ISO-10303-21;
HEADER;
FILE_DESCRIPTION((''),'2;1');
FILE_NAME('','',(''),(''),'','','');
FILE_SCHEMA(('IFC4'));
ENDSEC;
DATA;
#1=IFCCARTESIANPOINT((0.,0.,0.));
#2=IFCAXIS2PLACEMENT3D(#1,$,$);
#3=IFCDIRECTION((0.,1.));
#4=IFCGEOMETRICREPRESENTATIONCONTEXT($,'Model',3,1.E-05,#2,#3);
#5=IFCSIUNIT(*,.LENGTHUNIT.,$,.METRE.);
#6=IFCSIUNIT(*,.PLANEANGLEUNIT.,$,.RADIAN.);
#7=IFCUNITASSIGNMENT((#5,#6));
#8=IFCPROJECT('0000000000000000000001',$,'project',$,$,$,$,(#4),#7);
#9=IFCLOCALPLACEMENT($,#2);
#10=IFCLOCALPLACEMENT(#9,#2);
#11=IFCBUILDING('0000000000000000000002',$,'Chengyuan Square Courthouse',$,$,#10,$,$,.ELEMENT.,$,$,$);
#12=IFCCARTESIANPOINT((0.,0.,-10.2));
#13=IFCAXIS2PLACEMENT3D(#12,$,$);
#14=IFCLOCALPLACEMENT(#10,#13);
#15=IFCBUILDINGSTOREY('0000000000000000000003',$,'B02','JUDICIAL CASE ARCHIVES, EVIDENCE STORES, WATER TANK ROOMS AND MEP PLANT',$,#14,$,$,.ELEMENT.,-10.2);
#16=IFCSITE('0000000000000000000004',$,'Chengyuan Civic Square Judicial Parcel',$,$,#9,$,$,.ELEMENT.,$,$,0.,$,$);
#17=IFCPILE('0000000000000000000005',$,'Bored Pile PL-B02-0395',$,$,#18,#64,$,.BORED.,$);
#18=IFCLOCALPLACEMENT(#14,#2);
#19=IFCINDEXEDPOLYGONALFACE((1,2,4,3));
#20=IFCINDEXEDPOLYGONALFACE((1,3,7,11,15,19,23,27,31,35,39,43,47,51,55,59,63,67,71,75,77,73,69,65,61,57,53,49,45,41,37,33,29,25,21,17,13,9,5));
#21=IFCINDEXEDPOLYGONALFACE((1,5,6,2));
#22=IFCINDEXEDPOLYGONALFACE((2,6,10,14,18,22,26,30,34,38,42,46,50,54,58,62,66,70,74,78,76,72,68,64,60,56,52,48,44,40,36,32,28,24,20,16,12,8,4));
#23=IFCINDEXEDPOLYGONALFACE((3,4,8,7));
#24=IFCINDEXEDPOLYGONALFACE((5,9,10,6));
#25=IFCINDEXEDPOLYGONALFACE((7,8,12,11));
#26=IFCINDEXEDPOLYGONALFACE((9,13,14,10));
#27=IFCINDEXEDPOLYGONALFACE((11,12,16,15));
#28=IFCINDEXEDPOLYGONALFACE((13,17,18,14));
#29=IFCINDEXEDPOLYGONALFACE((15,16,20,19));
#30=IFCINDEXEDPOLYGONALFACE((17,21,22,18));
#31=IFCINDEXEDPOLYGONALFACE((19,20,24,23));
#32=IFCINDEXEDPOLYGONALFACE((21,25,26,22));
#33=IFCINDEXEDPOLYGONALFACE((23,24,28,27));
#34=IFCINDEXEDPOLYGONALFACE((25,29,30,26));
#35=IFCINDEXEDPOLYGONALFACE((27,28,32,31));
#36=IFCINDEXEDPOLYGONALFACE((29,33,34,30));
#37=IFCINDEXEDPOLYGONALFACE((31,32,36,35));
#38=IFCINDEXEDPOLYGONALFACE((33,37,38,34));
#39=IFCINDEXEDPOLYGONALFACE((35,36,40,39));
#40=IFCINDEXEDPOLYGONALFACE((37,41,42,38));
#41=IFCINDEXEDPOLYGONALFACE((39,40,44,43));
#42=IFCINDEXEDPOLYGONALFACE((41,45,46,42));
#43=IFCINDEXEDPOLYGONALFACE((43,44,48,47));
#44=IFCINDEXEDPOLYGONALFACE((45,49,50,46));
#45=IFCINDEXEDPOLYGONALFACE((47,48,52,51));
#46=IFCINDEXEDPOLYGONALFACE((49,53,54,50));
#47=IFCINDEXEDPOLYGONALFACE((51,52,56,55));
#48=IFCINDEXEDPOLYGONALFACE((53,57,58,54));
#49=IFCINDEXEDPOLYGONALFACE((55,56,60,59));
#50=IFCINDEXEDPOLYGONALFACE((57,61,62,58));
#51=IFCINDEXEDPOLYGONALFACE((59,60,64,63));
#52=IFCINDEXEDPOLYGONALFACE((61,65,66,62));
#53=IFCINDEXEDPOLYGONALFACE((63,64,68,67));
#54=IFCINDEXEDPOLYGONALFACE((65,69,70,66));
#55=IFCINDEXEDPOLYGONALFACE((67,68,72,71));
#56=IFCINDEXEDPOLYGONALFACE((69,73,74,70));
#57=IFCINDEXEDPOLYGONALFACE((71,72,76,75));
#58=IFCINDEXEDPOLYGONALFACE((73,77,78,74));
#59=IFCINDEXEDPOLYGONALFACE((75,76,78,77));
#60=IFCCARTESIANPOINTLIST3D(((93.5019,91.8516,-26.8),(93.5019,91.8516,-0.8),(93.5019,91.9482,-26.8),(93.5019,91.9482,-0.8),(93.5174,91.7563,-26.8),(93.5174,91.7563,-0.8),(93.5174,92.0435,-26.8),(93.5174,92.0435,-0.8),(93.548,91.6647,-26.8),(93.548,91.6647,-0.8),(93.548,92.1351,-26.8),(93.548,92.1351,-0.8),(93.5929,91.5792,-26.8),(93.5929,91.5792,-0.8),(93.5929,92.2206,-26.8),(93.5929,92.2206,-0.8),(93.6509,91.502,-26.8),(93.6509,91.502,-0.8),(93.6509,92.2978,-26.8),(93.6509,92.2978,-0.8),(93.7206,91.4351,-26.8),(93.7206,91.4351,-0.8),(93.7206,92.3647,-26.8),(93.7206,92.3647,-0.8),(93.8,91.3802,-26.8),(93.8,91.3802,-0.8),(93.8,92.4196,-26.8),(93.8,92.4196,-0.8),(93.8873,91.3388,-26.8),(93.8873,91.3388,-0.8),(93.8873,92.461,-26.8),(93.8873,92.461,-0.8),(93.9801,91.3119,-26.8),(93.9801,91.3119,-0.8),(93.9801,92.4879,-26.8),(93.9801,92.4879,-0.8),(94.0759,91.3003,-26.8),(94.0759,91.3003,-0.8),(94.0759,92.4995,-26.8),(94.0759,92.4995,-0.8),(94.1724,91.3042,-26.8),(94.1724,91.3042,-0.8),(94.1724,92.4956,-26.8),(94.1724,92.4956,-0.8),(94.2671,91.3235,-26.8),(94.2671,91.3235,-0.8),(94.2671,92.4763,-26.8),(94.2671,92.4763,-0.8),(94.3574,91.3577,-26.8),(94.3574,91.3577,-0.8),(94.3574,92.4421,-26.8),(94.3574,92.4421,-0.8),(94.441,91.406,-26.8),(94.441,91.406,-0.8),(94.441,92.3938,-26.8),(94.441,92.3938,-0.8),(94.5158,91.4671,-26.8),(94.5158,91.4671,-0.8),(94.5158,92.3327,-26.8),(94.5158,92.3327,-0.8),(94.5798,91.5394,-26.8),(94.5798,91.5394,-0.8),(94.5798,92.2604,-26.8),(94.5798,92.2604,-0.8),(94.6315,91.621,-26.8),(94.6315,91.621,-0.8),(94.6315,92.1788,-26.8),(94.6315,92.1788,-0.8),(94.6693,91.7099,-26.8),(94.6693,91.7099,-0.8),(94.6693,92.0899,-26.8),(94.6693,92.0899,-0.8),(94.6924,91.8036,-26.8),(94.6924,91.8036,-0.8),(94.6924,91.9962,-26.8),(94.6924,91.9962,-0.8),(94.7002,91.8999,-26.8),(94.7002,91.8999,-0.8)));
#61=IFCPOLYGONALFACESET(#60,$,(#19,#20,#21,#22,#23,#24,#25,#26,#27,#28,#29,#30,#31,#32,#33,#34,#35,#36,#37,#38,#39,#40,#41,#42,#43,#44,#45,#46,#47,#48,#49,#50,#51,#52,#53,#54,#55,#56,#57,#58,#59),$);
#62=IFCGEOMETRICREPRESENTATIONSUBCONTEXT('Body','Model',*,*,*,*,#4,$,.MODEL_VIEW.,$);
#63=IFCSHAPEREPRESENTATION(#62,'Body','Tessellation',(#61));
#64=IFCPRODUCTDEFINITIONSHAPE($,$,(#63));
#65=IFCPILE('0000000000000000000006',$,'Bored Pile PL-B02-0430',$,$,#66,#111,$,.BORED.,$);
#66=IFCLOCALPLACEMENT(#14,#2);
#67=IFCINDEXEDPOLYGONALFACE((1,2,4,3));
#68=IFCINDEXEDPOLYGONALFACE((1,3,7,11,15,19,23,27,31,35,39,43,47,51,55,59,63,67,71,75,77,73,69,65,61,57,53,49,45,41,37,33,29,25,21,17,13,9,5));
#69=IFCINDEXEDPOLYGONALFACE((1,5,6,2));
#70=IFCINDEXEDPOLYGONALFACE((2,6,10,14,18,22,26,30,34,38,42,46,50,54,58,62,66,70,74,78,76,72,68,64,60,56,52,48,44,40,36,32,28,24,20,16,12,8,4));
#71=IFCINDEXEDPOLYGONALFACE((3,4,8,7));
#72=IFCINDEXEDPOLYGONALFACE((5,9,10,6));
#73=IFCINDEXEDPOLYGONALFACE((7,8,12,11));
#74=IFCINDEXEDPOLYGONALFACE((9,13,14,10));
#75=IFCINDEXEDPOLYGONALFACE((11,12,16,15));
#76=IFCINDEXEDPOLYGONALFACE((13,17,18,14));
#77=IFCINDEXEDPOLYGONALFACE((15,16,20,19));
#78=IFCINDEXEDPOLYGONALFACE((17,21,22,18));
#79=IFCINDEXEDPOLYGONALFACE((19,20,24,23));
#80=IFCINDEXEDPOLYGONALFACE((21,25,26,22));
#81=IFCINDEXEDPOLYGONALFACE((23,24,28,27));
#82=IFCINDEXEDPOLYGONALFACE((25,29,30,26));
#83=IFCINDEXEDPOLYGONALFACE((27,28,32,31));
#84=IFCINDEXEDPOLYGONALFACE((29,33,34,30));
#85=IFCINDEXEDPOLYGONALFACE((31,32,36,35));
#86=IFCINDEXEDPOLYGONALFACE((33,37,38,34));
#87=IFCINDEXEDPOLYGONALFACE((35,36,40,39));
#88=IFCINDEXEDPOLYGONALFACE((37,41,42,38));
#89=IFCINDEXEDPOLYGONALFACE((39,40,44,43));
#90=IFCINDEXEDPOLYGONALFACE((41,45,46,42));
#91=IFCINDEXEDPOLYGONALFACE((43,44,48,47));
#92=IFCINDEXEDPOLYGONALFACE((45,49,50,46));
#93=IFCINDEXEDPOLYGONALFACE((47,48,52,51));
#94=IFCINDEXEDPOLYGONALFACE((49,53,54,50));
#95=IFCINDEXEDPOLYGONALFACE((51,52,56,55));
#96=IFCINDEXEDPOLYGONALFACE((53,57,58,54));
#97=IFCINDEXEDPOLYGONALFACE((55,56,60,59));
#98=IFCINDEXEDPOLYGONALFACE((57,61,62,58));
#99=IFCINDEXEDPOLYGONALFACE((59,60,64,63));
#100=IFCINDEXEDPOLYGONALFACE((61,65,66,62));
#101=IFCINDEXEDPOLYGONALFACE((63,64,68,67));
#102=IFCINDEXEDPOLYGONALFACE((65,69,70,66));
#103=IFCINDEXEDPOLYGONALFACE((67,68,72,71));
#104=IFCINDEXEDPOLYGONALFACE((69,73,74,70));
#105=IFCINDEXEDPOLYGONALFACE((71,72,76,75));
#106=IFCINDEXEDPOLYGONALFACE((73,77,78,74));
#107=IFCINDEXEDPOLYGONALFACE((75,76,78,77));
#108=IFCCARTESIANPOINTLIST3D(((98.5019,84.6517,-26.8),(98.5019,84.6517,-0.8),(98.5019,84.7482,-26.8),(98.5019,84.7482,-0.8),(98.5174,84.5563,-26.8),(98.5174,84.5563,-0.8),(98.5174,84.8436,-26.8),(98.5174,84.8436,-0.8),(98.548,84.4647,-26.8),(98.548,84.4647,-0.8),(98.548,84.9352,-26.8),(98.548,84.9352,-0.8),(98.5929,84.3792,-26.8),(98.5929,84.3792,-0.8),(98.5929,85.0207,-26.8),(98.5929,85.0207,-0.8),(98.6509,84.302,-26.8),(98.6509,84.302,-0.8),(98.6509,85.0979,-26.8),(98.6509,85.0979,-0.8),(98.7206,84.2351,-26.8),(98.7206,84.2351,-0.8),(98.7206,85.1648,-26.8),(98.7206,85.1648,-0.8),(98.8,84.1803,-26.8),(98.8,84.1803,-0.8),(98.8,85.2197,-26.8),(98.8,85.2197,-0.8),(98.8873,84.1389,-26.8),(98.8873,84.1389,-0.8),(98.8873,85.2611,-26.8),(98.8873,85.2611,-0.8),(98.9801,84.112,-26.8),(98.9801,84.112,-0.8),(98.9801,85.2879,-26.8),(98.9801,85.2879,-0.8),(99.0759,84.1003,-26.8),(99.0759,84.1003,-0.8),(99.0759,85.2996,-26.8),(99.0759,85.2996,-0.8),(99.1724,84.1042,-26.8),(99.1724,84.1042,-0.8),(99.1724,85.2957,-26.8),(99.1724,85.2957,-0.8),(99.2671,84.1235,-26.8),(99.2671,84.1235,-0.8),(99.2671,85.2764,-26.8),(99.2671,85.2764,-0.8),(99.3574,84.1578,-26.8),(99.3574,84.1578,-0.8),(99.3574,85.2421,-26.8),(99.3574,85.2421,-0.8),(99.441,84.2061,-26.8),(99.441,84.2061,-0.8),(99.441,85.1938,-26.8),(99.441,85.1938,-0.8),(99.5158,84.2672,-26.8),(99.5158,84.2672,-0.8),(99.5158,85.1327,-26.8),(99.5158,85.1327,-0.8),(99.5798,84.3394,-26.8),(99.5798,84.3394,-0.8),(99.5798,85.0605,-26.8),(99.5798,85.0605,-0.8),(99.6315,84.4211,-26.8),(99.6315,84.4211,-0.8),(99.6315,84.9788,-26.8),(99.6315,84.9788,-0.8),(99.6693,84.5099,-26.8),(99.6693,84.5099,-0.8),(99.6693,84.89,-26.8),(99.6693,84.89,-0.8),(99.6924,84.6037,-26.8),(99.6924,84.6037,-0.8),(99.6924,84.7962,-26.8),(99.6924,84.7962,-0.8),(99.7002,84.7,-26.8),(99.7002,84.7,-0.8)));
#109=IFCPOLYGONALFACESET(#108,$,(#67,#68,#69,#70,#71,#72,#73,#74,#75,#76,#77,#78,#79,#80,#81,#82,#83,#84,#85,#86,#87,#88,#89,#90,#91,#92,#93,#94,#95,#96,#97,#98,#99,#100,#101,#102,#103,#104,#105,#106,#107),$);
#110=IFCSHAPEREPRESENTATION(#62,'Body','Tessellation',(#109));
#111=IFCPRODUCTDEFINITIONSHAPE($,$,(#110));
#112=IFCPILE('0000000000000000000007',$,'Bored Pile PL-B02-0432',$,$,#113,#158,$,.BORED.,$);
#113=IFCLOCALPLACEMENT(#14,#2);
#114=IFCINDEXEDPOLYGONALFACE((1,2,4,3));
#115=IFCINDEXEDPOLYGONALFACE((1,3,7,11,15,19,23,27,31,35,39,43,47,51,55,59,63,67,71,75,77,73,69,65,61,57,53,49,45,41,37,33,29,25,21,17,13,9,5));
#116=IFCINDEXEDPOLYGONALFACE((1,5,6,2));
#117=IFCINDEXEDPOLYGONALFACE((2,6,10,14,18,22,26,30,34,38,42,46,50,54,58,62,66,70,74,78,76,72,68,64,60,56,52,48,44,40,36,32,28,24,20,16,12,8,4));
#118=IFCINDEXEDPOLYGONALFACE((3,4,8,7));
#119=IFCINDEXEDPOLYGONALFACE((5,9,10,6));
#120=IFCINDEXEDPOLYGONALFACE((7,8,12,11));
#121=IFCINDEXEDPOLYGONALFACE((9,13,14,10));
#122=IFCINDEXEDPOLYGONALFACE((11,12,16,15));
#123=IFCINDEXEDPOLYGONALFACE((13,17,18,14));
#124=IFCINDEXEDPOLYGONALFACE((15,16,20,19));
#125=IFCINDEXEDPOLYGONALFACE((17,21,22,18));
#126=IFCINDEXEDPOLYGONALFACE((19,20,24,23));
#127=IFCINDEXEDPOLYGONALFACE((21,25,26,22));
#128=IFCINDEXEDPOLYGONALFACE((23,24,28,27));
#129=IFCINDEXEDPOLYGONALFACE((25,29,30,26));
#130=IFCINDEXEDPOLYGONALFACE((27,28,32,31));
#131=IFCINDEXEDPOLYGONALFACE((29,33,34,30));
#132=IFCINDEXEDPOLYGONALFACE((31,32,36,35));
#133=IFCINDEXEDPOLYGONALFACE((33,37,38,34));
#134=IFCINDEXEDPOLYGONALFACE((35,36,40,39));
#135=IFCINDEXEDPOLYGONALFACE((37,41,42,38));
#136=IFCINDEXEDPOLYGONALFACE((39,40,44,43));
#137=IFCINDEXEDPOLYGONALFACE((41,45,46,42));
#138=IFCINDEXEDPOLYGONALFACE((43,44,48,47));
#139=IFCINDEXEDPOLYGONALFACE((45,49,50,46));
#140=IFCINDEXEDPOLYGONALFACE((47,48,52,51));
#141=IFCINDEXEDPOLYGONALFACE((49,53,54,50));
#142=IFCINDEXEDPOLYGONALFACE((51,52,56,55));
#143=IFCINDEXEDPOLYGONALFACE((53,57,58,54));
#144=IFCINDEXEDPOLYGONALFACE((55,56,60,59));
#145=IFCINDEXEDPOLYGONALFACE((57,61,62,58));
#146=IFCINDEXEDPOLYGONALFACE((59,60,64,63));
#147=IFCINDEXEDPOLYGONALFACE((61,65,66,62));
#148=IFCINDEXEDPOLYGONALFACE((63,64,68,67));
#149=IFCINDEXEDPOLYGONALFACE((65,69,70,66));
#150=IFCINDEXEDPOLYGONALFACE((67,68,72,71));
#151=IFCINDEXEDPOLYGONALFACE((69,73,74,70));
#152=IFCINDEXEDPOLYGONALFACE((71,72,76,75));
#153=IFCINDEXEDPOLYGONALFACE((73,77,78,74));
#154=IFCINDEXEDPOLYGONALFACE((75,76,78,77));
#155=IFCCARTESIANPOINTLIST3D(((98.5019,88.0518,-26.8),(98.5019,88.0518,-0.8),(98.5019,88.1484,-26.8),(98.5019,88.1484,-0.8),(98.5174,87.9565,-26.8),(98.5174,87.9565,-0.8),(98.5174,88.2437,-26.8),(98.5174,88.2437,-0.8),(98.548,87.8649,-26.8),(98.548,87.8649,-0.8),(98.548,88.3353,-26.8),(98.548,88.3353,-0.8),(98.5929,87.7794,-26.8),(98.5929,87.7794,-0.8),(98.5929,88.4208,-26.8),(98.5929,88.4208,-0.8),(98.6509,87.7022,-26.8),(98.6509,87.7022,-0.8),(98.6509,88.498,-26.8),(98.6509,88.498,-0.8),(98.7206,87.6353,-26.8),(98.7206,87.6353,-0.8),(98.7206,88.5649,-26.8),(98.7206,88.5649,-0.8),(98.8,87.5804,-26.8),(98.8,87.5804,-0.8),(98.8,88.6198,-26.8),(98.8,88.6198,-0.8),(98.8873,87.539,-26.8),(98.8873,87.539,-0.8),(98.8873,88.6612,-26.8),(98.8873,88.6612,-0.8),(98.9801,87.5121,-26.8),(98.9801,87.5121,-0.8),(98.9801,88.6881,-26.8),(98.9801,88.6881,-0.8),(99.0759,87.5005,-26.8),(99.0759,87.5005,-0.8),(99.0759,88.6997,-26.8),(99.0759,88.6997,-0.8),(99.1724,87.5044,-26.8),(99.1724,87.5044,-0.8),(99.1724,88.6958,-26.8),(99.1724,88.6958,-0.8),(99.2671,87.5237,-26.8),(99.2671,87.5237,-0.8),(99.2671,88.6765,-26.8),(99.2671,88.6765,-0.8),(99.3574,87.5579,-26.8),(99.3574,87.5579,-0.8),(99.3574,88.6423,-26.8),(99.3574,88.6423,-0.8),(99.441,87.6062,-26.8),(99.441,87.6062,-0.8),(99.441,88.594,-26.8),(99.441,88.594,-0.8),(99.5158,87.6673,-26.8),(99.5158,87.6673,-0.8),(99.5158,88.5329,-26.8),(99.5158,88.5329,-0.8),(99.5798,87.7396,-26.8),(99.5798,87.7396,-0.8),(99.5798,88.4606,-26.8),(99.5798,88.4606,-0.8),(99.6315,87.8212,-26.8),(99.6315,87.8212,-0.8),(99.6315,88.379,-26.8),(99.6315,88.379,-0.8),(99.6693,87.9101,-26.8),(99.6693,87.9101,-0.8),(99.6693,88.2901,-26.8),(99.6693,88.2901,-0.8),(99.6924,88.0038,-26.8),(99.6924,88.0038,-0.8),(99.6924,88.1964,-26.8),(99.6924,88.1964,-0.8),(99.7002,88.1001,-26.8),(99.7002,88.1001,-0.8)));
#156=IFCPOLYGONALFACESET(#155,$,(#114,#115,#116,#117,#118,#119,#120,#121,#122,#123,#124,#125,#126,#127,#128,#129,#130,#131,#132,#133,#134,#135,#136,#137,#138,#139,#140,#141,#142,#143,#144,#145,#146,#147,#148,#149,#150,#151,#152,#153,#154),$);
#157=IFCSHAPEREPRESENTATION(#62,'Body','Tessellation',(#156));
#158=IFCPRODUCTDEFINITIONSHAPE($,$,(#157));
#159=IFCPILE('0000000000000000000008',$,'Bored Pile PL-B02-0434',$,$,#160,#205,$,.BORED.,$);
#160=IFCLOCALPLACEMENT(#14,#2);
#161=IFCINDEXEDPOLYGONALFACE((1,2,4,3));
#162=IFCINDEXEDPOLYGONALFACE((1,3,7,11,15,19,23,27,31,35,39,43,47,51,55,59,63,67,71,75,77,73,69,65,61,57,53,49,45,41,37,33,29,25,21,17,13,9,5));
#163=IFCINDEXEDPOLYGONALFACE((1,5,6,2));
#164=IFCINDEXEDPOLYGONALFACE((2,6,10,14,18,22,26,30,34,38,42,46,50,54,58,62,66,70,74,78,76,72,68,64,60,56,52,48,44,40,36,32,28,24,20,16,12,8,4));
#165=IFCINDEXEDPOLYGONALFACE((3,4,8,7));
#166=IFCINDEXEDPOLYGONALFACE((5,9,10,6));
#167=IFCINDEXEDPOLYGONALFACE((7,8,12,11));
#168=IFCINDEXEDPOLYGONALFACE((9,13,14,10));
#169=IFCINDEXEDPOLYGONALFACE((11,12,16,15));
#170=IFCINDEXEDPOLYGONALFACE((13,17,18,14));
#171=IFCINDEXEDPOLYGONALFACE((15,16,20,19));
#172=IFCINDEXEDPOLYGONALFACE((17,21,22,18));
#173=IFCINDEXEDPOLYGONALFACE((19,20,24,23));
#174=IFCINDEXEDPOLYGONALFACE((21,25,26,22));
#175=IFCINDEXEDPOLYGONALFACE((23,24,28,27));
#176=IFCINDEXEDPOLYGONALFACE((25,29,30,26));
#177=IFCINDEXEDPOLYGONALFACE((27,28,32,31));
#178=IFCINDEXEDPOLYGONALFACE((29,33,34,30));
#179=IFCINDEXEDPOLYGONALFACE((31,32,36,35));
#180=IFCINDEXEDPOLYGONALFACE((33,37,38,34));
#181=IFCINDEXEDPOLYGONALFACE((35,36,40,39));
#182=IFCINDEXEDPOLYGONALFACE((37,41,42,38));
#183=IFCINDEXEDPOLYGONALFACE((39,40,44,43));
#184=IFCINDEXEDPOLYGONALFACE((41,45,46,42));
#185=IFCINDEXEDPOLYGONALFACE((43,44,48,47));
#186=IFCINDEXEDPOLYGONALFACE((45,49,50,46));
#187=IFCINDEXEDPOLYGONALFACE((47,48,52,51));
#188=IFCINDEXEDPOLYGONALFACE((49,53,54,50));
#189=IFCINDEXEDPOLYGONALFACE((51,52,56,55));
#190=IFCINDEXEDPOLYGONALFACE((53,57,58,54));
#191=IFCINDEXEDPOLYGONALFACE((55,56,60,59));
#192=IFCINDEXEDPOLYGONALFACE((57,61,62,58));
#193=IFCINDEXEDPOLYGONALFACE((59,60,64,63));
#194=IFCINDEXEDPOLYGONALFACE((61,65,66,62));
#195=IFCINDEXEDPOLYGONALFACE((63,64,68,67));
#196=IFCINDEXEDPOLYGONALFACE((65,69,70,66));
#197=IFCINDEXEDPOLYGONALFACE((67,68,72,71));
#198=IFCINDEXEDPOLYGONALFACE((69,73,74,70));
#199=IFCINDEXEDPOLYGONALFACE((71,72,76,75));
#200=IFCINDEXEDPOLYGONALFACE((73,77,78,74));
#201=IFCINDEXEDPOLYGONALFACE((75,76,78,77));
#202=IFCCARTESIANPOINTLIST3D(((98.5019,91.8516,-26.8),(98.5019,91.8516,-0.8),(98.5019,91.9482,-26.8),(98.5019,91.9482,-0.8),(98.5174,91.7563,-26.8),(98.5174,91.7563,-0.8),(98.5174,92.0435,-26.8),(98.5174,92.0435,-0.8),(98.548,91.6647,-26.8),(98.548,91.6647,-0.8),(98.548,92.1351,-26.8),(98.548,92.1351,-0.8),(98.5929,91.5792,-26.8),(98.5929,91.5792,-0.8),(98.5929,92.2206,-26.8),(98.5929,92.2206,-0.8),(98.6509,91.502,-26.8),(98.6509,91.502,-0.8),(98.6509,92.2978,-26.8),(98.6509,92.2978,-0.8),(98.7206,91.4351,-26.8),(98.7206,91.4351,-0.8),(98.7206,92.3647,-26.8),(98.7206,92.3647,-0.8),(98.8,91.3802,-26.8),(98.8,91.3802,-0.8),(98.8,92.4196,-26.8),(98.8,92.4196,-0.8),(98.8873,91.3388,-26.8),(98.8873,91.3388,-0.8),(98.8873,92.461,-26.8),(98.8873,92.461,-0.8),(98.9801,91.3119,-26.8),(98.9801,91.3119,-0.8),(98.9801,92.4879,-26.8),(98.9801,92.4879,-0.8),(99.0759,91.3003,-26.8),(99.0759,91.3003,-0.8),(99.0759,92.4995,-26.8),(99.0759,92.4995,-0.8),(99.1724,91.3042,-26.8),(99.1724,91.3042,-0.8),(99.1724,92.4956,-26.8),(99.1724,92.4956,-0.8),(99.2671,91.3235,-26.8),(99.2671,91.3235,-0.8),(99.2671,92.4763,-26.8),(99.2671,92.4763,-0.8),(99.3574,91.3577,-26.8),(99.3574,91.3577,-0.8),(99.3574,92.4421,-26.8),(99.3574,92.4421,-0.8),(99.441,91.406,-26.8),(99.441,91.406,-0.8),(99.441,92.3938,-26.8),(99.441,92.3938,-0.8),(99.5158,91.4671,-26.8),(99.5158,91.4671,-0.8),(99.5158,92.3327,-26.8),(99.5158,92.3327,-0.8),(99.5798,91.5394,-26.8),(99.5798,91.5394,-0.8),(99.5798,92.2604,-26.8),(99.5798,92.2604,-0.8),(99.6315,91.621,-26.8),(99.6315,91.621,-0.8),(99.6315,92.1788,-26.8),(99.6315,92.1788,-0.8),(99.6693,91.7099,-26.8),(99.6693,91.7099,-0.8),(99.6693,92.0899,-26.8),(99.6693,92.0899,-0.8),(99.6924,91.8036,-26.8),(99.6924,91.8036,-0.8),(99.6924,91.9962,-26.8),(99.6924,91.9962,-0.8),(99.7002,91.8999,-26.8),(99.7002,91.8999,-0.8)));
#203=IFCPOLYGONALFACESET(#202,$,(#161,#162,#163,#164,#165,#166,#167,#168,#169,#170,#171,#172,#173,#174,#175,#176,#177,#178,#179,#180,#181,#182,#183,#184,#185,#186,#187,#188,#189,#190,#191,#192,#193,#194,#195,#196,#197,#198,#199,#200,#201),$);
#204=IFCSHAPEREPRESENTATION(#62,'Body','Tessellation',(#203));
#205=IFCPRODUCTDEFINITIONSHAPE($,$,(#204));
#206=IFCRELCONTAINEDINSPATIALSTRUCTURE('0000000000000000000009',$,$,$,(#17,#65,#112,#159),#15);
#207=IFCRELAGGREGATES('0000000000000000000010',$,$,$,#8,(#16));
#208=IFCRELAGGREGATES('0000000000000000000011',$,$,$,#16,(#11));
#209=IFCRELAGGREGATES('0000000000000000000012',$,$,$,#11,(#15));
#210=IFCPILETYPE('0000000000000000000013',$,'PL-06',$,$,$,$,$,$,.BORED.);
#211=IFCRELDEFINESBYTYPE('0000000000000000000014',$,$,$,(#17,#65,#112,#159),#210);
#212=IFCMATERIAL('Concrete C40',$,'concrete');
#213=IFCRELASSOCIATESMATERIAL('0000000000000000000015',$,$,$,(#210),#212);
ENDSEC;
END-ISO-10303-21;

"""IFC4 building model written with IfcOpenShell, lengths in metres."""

from ifc_helpers import new_model, si_unit, direction, frame, origin, origin_2d, place, context, subcontext, project, spatial, circle, extrude, material, material_profile, profile_set, type_object, element, save


model = new_model("IFC4")

# Units and contexts
model_context = context("Model", 3, precision=1e-05, world=origin(), true_north=direction((0.0, 1.0)))
body_context = subcontext(model_context, "Body", "Model", "MODEL_VIEW")
ifc_project = project(units=[si_unit("LENGTHUNIT", "METRE"), si_unit("PLANEANGLEUNIT", "RADIAN")], contexts=[model_context])

# Site, building, storey
site_placement = place(None, origin())
site = spatial("IfcSite", under=ifc_project, at=site_placement, Name="Chengyuan Civic Square Judicial Parcel", CompositionType="ELEMENT", RefElevation=0.0)
building_placement = place(site_placement, origin())
building = spatial("IfcBuilding", under=site, at=building_placement, Name="Chengyuan Square Courthouse", CompositionType="ELEMENT")
storey_placement = place(building_placement, frame((0.0, 0.0, -10.2)))
storey = spatial("IfcBuildingStorey", under=building, at=storey_placement, Name="B02", Description="JUDICIAL CASE ARCHIVES, EVIDENCE STORES, WATER TANK ROOMS AND MEP PLANT", CompositionType="ELEMENT", Elevation=-10.2)

# Shared definitions
ifc_material_1 = material(Name="Concrete C40", Category="concrete")

# Piles
ifc_material_profile_1 = material_profile(ifc_material_1, circle(Radius=0.6001, at=origin_2d()), Name="BORED PILE D1200")
ifc_profile_set_1 = profile_set([ifc_material_profile_1], Name="Concrete C40")
pile_type_1 = type_object("IfcPileType", Name="PL-06", PredefinedType="BORED", material=ifc_profile_set_1)
for number, where, z_axis, x_axis, name in (
    (1, (94.1001, 91.8999, -0.8), (0.0, 0.0, -1.0), (1.0, 0.0, 0.0), "Bored Pile PL-B02-0395"),
    (2, (99.1001, 84.7, -0.8), (0.0, 0.0, -1.0), (1.0, 0.0, 0.0), "Bored Pile PL-B02-0430"),
    (3, (99.1001, 88.1001, -0.8), (0.0, 0.0, -1.0), (1.0, 0.0, 0.0), "Bored Pile PL-B02-0432"),
    (4, (99.1001, 91.8999, -0.8), (0.0, 0.0, -1.0), (1.0, 0.0, 0.0), "Bored Pile PL-B02-0434"),
):
    element("IfcPile", number, at=place(storey_placement, frame(where, z_axis=z_axis, x_axis=x_axis)), inside=storey, type_object=pile_type_1, Name=name, PredefinedType="BORED", context=body_context, shape_type="SweptSolid", body=[
        extrude(circle(Radius=0.6001, at=origin_2d()), origin(), (0.0, 0.0, 1.0), 26.0),
    ])

save(model, "model.ifc")
